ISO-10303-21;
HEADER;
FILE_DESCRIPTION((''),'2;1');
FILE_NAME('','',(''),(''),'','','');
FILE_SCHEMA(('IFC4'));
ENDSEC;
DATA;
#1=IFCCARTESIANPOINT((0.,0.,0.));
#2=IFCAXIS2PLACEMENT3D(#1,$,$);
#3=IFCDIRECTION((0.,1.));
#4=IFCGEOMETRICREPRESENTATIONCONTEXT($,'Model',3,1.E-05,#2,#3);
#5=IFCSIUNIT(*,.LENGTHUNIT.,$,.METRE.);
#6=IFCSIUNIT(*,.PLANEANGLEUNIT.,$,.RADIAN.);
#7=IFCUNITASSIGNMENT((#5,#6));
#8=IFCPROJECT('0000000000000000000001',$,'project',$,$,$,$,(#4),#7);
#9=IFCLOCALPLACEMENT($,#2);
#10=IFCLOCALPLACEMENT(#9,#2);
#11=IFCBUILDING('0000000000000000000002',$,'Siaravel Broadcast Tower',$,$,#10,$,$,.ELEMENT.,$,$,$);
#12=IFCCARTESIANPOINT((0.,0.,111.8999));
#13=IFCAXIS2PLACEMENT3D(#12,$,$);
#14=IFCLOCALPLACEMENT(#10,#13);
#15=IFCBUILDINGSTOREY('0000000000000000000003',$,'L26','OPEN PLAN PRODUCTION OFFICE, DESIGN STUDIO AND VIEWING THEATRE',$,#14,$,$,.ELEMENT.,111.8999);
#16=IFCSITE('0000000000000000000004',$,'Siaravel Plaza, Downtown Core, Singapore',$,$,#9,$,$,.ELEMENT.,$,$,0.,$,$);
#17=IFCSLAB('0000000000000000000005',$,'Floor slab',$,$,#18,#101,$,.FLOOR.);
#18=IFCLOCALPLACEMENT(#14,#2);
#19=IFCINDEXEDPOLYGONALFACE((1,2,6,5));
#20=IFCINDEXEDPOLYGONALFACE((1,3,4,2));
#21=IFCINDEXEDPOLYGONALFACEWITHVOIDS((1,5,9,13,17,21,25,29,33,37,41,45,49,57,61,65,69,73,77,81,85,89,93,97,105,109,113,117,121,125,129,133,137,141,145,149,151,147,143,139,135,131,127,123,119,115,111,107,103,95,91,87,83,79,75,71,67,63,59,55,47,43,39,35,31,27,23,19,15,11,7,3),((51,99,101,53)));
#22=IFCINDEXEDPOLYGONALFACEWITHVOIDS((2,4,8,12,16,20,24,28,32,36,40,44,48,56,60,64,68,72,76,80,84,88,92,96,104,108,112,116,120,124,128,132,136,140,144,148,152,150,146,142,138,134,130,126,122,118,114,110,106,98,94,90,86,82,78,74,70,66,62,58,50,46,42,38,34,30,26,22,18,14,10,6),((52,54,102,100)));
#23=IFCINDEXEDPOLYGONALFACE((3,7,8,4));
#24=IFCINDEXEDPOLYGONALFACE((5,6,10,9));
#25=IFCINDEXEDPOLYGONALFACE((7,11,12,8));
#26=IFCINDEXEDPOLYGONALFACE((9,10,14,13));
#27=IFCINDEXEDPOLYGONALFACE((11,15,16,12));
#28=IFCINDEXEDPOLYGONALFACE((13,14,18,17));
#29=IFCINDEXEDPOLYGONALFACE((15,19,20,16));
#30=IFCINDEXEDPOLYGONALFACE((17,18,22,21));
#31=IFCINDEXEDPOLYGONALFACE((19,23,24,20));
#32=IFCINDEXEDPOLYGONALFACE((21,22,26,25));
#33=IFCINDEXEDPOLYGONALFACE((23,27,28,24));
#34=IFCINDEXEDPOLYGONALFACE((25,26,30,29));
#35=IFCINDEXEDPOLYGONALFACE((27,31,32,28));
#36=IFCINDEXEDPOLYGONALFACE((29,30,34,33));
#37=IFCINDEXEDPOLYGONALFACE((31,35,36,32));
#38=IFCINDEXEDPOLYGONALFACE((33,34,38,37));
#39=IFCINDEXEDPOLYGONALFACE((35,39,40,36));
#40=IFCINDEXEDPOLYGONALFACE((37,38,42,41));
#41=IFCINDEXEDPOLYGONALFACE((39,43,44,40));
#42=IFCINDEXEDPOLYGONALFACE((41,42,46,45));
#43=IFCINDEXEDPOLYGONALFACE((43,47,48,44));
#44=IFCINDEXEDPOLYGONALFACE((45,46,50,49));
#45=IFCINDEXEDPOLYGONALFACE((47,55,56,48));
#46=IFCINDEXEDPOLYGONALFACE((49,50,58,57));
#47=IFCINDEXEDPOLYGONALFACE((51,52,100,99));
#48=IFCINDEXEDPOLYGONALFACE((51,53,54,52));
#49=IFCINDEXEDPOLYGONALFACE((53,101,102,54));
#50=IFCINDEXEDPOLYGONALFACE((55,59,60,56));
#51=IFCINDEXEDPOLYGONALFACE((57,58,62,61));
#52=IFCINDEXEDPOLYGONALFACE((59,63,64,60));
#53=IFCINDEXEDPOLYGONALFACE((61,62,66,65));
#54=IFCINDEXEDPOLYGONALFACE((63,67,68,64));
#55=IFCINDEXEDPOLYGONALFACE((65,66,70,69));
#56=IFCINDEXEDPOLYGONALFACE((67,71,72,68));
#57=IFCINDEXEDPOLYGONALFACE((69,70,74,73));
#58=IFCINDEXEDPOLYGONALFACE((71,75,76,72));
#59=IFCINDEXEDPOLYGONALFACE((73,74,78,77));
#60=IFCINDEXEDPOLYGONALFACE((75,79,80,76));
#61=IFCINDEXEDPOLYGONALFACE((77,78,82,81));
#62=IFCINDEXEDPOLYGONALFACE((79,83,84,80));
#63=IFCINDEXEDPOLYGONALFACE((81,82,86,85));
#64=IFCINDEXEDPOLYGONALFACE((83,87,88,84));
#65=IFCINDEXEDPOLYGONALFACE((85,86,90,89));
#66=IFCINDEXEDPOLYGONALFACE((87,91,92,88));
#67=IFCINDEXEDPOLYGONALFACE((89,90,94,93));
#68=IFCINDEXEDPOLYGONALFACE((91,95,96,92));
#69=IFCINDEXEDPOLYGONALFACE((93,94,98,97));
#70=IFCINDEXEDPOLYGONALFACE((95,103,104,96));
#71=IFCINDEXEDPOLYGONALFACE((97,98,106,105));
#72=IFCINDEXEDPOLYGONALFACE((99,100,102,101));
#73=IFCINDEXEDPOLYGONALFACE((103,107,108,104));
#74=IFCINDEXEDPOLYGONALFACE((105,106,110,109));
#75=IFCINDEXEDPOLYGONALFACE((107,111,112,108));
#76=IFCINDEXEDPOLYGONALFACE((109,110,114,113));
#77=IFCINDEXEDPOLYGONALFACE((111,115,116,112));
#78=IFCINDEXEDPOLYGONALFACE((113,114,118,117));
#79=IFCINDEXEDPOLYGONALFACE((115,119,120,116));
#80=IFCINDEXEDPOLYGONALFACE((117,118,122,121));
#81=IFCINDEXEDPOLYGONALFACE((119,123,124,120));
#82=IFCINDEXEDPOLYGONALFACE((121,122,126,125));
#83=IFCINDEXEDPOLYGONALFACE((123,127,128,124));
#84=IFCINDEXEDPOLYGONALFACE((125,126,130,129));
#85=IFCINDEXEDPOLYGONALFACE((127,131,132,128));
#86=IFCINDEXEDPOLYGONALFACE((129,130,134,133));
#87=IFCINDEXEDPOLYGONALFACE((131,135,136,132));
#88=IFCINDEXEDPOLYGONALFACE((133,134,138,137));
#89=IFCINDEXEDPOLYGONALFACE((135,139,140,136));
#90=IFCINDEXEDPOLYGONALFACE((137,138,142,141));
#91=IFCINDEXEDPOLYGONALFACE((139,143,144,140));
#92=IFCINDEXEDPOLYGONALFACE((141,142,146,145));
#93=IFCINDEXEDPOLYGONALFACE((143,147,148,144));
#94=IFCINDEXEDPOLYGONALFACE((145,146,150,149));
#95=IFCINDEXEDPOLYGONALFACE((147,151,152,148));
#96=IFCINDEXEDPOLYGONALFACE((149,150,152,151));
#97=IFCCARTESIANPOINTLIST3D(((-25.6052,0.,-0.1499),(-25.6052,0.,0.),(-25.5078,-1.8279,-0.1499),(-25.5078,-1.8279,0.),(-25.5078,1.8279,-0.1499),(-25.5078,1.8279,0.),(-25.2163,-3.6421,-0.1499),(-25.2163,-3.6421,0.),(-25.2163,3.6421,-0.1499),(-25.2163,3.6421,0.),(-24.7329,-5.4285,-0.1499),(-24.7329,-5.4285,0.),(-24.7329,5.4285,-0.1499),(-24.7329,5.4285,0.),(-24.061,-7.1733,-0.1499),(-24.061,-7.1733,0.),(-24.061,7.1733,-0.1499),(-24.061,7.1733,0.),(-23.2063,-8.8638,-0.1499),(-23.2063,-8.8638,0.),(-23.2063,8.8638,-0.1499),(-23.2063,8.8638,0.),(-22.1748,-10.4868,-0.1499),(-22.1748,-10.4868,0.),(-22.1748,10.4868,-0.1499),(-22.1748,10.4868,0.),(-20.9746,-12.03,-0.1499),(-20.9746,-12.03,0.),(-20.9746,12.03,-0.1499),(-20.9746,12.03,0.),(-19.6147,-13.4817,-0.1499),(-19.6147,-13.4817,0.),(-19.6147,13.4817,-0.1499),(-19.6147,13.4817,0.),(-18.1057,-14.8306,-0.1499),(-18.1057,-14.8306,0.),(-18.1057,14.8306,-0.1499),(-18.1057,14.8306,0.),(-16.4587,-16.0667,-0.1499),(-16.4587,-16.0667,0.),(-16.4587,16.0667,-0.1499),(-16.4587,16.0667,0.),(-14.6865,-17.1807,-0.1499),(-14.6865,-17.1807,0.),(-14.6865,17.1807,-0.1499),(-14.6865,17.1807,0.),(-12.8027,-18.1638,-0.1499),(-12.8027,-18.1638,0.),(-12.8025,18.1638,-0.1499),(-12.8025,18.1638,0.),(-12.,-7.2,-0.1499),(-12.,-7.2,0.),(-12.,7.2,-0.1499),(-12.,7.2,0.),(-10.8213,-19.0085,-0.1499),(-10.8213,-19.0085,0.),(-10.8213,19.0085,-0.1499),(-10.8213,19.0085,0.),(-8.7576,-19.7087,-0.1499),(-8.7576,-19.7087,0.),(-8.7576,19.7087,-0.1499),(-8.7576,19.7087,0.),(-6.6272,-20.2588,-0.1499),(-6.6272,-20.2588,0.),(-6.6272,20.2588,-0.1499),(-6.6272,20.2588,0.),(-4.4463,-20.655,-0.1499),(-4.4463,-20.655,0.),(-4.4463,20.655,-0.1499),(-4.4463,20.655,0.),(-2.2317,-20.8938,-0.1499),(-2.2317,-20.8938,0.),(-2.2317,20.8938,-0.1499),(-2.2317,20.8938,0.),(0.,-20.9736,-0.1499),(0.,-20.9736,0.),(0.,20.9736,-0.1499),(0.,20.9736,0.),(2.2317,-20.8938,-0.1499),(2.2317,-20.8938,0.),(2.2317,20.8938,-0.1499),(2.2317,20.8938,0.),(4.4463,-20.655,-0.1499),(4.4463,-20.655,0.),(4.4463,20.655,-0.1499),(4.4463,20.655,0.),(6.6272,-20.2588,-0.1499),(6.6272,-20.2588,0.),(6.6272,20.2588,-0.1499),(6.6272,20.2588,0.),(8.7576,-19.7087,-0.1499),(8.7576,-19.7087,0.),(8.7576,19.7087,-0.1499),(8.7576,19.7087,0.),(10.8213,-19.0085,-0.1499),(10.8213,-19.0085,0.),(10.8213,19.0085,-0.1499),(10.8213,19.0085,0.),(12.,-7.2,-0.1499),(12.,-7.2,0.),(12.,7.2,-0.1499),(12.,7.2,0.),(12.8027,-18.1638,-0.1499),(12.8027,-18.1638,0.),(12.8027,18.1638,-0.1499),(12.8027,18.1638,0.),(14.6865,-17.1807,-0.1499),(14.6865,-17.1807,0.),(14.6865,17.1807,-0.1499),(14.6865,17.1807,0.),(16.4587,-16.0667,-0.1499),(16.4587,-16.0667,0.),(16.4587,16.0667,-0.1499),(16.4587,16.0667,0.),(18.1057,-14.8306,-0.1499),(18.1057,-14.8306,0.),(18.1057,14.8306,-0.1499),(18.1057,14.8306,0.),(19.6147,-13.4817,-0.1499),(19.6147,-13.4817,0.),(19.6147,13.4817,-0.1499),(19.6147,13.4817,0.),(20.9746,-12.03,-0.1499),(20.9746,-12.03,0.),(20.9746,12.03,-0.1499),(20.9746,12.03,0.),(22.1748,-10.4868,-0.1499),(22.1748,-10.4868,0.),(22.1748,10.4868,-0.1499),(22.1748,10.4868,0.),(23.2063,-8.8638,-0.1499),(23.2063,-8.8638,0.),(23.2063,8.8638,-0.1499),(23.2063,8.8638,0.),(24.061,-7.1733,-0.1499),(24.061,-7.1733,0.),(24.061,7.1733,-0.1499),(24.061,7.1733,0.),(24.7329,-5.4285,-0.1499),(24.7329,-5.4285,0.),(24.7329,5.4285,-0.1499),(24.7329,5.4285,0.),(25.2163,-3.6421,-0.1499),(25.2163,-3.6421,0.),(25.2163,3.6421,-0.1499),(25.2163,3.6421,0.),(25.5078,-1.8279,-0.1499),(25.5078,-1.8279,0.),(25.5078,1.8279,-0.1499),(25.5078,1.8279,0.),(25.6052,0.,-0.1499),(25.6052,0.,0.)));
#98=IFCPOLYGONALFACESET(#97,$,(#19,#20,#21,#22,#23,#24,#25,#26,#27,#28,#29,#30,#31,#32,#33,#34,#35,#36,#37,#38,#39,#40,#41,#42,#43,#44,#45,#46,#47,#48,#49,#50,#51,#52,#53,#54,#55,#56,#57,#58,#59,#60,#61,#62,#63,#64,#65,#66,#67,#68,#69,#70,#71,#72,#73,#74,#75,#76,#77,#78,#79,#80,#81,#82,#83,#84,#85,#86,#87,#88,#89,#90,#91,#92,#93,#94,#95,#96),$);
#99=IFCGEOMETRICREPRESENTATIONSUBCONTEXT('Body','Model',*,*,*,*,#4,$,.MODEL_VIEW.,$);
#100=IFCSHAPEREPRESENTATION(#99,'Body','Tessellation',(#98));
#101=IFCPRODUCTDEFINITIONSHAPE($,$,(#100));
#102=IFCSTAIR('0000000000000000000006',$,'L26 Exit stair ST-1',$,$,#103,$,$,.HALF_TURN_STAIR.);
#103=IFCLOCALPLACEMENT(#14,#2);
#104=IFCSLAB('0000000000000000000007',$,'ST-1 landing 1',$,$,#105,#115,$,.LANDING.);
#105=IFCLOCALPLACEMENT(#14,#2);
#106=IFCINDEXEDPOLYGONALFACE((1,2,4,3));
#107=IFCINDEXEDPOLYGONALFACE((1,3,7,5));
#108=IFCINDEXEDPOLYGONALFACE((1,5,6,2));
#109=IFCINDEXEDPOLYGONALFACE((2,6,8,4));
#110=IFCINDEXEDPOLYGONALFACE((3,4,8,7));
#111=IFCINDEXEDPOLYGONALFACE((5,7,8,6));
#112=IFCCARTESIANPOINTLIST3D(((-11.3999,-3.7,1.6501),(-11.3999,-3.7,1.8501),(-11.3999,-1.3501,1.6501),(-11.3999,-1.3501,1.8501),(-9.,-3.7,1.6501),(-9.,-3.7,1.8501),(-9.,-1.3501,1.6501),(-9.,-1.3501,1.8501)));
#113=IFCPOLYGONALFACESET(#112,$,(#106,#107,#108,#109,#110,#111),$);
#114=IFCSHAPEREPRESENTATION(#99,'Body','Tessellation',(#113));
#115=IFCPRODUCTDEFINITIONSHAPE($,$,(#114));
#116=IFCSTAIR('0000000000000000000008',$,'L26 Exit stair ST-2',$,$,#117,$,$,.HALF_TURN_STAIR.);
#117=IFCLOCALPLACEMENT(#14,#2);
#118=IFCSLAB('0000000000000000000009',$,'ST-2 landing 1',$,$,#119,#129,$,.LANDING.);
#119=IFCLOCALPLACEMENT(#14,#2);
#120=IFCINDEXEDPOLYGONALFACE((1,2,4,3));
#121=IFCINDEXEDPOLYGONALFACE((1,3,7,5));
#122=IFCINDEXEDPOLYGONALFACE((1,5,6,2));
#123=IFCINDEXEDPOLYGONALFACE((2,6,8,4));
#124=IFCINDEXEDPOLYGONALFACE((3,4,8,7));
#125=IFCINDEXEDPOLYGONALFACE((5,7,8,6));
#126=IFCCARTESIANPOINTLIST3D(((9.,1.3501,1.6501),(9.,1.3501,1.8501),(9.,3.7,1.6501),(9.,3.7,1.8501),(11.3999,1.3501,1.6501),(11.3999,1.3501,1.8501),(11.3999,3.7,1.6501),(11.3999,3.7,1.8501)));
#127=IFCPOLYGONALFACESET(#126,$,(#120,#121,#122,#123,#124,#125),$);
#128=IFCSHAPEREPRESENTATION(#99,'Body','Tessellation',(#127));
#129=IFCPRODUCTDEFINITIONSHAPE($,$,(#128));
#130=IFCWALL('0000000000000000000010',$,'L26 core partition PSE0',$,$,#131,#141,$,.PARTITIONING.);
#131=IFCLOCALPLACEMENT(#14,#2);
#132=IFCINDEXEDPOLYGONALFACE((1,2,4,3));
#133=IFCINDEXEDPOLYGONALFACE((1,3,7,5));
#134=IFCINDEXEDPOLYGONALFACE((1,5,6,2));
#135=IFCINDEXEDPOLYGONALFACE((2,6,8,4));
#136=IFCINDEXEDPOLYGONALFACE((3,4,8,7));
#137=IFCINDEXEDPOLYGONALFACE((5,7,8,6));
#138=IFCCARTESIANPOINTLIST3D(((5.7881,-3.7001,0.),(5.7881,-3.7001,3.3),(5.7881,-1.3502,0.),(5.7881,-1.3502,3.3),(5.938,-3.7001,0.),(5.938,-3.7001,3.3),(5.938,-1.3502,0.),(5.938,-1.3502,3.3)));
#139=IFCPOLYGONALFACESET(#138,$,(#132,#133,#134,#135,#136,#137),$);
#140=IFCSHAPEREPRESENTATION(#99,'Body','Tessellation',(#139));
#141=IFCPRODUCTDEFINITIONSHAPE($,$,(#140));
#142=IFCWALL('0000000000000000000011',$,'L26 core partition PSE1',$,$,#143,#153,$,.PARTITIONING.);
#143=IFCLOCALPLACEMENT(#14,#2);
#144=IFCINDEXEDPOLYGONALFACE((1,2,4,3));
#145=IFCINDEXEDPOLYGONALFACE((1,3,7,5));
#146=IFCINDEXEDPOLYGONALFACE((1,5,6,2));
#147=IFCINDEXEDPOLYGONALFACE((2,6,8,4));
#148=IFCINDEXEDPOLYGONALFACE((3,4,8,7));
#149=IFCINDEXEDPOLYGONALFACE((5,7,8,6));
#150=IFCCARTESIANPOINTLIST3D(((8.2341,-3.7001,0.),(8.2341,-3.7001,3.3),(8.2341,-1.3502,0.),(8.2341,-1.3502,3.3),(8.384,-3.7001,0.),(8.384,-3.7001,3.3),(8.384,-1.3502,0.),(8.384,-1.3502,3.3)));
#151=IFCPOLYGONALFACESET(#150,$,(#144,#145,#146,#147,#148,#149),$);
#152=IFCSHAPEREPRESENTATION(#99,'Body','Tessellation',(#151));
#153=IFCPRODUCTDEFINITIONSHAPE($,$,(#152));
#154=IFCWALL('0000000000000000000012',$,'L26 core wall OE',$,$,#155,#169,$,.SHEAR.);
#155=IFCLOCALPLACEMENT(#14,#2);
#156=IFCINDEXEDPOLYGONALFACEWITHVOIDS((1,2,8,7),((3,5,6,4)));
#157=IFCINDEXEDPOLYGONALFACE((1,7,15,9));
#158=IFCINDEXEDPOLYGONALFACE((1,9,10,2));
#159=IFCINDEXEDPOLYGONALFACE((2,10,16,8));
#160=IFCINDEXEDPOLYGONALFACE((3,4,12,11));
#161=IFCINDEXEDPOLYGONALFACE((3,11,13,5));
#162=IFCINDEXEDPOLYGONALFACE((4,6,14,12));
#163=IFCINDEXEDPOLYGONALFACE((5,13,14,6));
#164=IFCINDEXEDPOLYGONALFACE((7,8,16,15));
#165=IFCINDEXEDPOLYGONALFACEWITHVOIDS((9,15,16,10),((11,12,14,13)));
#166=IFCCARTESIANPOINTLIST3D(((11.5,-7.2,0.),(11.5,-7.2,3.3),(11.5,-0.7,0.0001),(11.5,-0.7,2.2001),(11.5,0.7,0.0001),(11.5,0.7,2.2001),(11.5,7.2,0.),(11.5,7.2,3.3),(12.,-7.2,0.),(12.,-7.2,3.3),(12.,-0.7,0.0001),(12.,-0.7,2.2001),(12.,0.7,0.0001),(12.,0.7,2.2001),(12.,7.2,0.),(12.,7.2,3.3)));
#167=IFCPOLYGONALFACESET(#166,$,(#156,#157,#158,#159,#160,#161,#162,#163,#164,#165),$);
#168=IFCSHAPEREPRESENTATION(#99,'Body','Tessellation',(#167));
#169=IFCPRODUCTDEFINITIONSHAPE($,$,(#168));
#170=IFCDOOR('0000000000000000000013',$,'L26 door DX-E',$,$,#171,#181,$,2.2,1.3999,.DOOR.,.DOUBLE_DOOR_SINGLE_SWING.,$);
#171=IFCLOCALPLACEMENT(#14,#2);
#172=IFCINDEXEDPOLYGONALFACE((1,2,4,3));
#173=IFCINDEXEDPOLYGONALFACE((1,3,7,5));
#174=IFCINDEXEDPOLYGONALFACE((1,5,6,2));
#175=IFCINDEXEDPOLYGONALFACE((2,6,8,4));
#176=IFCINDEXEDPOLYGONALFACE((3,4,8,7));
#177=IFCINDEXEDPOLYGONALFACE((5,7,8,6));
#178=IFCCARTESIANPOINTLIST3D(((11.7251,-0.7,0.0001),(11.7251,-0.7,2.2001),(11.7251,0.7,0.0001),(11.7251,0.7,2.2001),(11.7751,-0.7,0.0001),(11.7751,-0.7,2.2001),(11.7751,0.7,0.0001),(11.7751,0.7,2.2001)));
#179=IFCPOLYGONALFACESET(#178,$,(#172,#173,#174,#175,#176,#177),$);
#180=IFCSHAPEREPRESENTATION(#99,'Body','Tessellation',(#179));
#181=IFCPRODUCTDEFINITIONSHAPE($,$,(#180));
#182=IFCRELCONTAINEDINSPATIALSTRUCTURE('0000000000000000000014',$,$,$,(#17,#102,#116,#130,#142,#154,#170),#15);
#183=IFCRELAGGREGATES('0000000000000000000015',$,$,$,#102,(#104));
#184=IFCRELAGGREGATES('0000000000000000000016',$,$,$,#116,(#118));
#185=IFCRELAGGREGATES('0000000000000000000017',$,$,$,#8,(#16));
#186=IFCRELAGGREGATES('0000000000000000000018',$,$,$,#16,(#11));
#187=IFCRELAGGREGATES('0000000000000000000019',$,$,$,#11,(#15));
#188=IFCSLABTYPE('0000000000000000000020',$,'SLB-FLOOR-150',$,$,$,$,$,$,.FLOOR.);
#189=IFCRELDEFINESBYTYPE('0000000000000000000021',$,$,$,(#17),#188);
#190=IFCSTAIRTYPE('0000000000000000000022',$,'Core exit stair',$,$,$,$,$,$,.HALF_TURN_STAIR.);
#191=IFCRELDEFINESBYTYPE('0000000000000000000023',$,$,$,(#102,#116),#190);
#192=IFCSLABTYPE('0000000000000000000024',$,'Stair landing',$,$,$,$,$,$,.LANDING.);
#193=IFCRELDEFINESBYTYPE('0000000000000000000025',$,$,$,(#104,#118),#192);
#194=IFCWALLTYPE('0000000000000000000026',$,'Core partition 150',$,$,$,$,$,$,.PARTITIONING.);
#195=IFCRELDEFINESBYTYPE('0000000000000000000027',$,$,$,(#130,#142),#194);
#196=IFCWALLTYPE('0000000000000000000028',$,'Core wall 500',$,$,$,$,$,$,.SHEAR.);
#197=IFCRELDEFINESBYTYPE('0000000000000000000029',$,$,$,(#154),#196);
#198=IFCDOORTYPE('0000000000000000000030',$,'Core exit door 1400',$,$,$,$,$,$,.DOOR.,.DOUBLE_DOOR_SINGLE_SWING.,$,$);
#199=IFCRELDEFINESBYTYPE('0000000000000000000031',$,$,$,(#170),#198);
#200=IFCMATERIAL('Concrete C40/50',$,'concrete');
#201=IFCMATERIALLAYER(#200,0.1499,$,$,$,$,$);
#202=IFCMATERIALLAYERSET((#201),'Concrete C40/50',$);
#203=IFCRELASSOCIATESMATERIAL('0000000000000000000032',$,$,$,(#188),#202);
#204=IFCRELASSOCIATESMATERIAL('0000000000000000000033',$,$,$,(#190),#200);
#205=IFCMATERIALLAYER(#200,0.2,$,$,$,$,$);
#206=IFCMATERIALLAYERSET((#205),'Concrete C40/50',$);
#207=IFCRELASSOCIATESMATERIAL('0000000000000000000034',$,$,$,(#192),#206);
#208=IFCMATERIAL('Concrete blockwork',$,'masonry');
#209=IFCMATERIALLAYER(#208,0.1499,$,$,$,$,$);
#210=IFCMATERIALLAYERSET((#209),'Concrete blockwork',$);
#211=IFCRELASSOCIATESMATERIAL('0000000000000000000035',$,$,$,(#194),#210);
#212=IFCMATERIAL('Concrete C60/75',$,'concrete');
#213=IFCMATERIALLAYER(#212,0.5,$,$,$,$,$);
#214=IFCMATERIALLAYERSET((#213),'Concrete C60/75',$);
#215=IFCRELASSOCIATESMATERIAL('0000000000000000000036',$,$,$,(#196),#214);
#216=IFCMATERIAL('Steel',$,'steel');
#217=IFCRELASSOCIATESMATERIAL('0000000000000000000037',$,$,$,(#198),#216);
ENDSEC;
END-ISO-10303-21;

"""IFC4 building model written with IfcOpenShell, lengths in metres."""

from ifc_helpers import new_model, si_unit, direction, frame, frame_2d, origin, place, context, subcontext, project, spatial, polyline, rectangle, outline, extrude, material, layer, layer_set, type_object, element, fill, aggregate, save


model = new_model("IFC4")

# Units and contexts
model_context = context("Model", 3, precision=1e-05, world=origin(), true_north=direction((0.0, 1.0)))
body_context = subcontext(model_context, "Body", "Model", "MODEL_VIEW")
ifc_project = project(units=[si_unit("LENGTHUNIT", "METRE"), si_unit("PLANEANGLEUNIT", "RADIAN")], contexts=[model_context])

# Site, building, storey
site_placement = place(None, origin())
site = spatial("IfcSite", under=ifc_project, at=site_placement, Name="Siaravel Plaza, Downtown Core, Singapore", CompositionType="ELEMENT", RefElevation=0.0)
building_placement = place(site_placement, origin())
building = spatial("IfcBuilding", under=site, at=building_placement, Name="Siaravel Broadcast Tower", CompositionType="ELEMENT")
storey_placement = place(building_placement, frame((0.0, 0.0, 111.8999)))
storey = spatial("IfcBuildingStorey", under=building, at=storey_placement, Name="L26", Description="OPEN PLAN PRODUCTION OFFICE, DESIGN STUDIO AND VIEWING THEATRE", CompositionType="ELEMENT", Elevation=111.8999)

# Slab
ifc_material_1 = material(Name="Concrete C40/50", Category="concrete")
ifc_layer_1 = layer(ifc_material_1, 0.1499)
ifc_layer_set_1 = layer_set([ifc_layer_1], Name="Concrete C40/50")
slab_type_1 = type_object("IfcSlabType", Name="SLB-FLOOR-150", PredefinedType="FLOOR", material=ifc_layer_set_1)
slab_1_placement = place(storey_placement, frame((0.0, 0.0, -0.1499)))
element("IfcSlab", 1, at=slab_1_placement, inside=storey, type_object=slab_type_1, Name="Floor slab", PredefinedType="FLOOR", context=body_context, shape_type="SweptSolid", body=[
    extrude(outline(polyline([(25.6052, 0.0), (25.5078, 1.8279), (25.2163, 3.6421), (24.7329, 5.4285), (24.061, 7.1733), (23.2063, 8.8638), (22.1748, 10.4868), (20.9746, 12.03), (19.6147, 13.4817), (18.1057, 14.8306), (16.4587, 16.0667), (14.6865, 17.1807), (12.8027, 18.1638), (10.8213, 19.0085), (8.7576, 19.7087), (6.6272, 20.2588), (4.4463, 20.655), (2.2317, 20.8938), (0.0, 20.9736), (-2.2317, 20.8938), (-4.4463, 20.655), (-6.6272, 20.2588), (-8.7576, 19.7087), (-10.8213, 19.0085), (-12.8025, 18.1638), (-14.6865, 17.1807), (-16.4587, 16.0667), (-18.1057, 14.8306), (-19.6147, 13.4817), (-20.9746, 12.03), (-22.1748, 10.4868), (-23.2063, 8.8638), (-24.061, 7.1733), (-24.7329, 5.4285), (-25.2163, 3.6421), (-25.5078, 1.8279), (-25.6052, 0.0), (-25.5078, -1.8279), (-25.2163, -3.6421), (-24.7329, -5.4285), (-24.061, -7.1733), (-23.2063, -8.8638), (-22.1748, -10.4868), (-20.9746, -12.03), (-19.6147, -13.4817), (-18.1057, -14.8306), (-16.4587, -16.0667), (-14.6865, -17.1807), (-12.8027, -18.1638), (-10.8213, -19.0085), (-8.7576, -19.7087), (-6.6272, -20.2588), (-4.4463, -20.655), (-2.2317, -20.8938), (0.0, -20.9736), (2.2317, -20.8938), (4.4463, -20.655), (6.6272, -20.2588), (8.7576, -19.7087), (10.8213, -19.0085), (12.8027, -18.1638), (14.6865, -17.1807), (16.4587, -16.0667), (18.1057, -14.8306), (19.6147, -13.4817), (20.9746, -12.03), (22.1748, -10.4868), (23.2063, -8.8638), (24.061, -7.1733), (24.7329, -5.4285), (25.2163, -3.6421), (25.5078, -1.8279), (25.6052, 0.0)]), holes=[polyline([(-12.0, 7.2), (12.0, 7.2), (12.0, -7.2), (-12.0, -7.2), (-12.0, 7.2)])]), origin(), (0.0, 0.0, 1.0), 0.1499),
])

# Stairs, slabs
stair_type = type_object("IfcStairType", Name="Core exit stair", PredefinedType="HALF_TURN_STAIR", material=ifc_material_1)
stair_1_placement = place(storey_placement, origin())
stair_1 = element("IfcStair", 2, at=stair_1_placement, inside=storey, type_object=stair_type, Name="L26 Exit stair ST-1", PredefinedType="HALF_TURN_STAIR")
ifc_layer_2 = layer(ifc_material_1, 0.2)
ifc_layer_set_2 = layer_set([ifc_layer_2], Name="Concrete C40/50")
slab_type_2 = type_object("IfcSlabType", Name="Stair landing", PredefinedType="LANDING", material=ifc_layer_set_2)
slab_2_placement = place(storey_placement, frame((0.0, 0.0, 1.6501)))
slab_2 = element("IfcSlab", 3, at=slab_2_placement, type_object=slab_type_2, Name="ST-1 landing 1", PredefinedType="LANDING", context=body_context, shape_type="SweptSolid", body=[
    extrude(outline(polyline([(-9.0, -1.3501), (-11.3999, -1.3501), (-11.3999, -3.7), (-9.0, -3.7), (-9.0, -1.3501)])), origin(), (0.0, 0.0, 1.0), 0.2),
])
aggregate(stair_1, [slab_2])
stair_2_placement = place(storey_placement, origin())
stair_2 = element("IfcStair", 4, at=stair_2_placement, inside=storey, type_object=stair_type, Name="L26 Exit stair ST-2", PredefinedType="HALF_TURN_STAIR")
slab_3_placement = place(storey_placement, frame((0.0, 0.0, 1.6501)))
slab_3 = element("IfcSlab", 5, at=slab_3_placement, type_object=slab_type_2, Name="ST-2 landing 1", PredefinedType="LANDING", context=body_context, shape_type="SweptSolid", body=[
    extrude(outline(polyline([(9.0, 1.3501), (11.3999, 1.3501), (11.3999, 3.7), (9.0, 3.7), (9.0, 1.3501)])), origin(), (0.0, 0.0, 1.0), 0.2),
])
aggregate(stair_2, [slab_3])

# Walls
ifc_material_2 = material(Name="Concrete blockwork", Category="masonry")
ifc_layer_3 = layer(ifc_material_2, 0.1499)
ifc_layer_set_3 = layer_set([ifc_layer_3], Name="Concrete blockwork")
wall_type_1 = type_object("IfcWallType", Name="Core partition 150", PredefinedType="PARTITIONING", material=ifc_layer_set_3)
for number, where, z_axis, x_axis, name in (
    (6, (5.863, -3.7, 0.0), (0.0, 0.0, 1.0), (0.0, 1.0, 0.0), "L26 core partition PSE0"),
    (7, (8.3091, -3.7, 0.0), (0.0, 0.0, 1.0), (0.0, 1.0, 0.0), "L26 core partition PSE1"),
):
    element("IfcWall", number, at=place(storey_placement, frame(where, z_axis=z_axis, x_axis=x_axis)), inside=storey, type_object=wall_type_1, Name=name, PredefinedType="PARTITIONING", context=body_context, shape_type="SweptSolid", body=[
        extrude(rectangle(XDim=2.3499, YDim=0.1499, at=frame_2d((1.1748, 0.0))), origin(), (0.0, 0.0, 1.0), 3.3),
    ])

# Wall, opening, door
ifc_material_3 = material(Name="Concrete C60/75", Category="concrete")
ifc_layer_4 = layer(ifc_material_3, 0.5)
ifc_layer_set_4 = layer_set([ifc_layer_4], Name="Concrete C60/75")
wall_type_2 = type_object("IfcWallType", Name="Core wall 500", PredefinedType="SHEAR", material=ifc_layer_set_4)
wall_1_placement = place(storey_placement, frame((11.75, -7.2, 0.0), z_axis=(0.0, 0.0, 1.0), x_axis=(0.0, 1.0, 0.0)))
wall_1 = element("IfcWall", 8, at=wall_1_placement, inside=storey, type_object=wall_type_2, Name="L26 core wall OE", PredefinedType="SHEAR", context=body_context, shape_type="SweptSolid", body=[
    extrude(rectangle(XDim=14.3999, YDim=0.5, at=frame_2d((7.2, 0.0))), origin(), (0.0, 0.0, 1.0), 3.3),
])
opening_1_placement = place(wall_1_placement, frame((6.5, 0.0, 0.0)))
opening_1 = element("IfcOpeningElement", 9, at=opening_1_placement, cuts=wall_1, PredefinedType="OPENING", context=body_context, shape_type="SweptSolid", body=[
    extrude(rectangle(XDim=1.3999, YDim=2.2, at=frame_2d((0.7, 1.1001))), frame((0.0, 0.26, 0.0), z_axis=(0.0, -1.0, 0.0), x_axis=(1.0, 0.0, 0.0)), (0.0, 0.0, 1.0), 0.52),
])
ifc_material_4 = material(Name="Steel", Category="steel")
door_type_1 = type_object("IfcDoorType", Name="Core exit door 1400", OperationType="DOUBLE_DOOR_SINGLE_SWING", PredefinedType="DOOR", material=ifc_material_4)
door_1_placement = place(opening_1_placement, origin())
door_1 = element("IfcDoor", 10, at=door_1_placement, inside=storey, type_object=door_type_1, Name="L26 door DX-E", OperationType="DOUBLE_DOOR_SINGLE_SWING", OverallHeight=2.2, OverallWidth=1.3999, PredefinedType="DOOR", context=body_context, shape_type="SweptSolid", body=[
    extrude(rectangle(XDim=1.3999, YDim=2.2, at=frame_2d((0.7, 1.1001))), frame((0.0, 0.0249, 0.0), z_axis=(0.0, -1.0, 0.0), x_axis=(1.0, 0.0, 0.0)), (0.0, 0.0, 1.0), 0.05),
])
fill(opening_1, door_1)

save(model, "model.ifc")
